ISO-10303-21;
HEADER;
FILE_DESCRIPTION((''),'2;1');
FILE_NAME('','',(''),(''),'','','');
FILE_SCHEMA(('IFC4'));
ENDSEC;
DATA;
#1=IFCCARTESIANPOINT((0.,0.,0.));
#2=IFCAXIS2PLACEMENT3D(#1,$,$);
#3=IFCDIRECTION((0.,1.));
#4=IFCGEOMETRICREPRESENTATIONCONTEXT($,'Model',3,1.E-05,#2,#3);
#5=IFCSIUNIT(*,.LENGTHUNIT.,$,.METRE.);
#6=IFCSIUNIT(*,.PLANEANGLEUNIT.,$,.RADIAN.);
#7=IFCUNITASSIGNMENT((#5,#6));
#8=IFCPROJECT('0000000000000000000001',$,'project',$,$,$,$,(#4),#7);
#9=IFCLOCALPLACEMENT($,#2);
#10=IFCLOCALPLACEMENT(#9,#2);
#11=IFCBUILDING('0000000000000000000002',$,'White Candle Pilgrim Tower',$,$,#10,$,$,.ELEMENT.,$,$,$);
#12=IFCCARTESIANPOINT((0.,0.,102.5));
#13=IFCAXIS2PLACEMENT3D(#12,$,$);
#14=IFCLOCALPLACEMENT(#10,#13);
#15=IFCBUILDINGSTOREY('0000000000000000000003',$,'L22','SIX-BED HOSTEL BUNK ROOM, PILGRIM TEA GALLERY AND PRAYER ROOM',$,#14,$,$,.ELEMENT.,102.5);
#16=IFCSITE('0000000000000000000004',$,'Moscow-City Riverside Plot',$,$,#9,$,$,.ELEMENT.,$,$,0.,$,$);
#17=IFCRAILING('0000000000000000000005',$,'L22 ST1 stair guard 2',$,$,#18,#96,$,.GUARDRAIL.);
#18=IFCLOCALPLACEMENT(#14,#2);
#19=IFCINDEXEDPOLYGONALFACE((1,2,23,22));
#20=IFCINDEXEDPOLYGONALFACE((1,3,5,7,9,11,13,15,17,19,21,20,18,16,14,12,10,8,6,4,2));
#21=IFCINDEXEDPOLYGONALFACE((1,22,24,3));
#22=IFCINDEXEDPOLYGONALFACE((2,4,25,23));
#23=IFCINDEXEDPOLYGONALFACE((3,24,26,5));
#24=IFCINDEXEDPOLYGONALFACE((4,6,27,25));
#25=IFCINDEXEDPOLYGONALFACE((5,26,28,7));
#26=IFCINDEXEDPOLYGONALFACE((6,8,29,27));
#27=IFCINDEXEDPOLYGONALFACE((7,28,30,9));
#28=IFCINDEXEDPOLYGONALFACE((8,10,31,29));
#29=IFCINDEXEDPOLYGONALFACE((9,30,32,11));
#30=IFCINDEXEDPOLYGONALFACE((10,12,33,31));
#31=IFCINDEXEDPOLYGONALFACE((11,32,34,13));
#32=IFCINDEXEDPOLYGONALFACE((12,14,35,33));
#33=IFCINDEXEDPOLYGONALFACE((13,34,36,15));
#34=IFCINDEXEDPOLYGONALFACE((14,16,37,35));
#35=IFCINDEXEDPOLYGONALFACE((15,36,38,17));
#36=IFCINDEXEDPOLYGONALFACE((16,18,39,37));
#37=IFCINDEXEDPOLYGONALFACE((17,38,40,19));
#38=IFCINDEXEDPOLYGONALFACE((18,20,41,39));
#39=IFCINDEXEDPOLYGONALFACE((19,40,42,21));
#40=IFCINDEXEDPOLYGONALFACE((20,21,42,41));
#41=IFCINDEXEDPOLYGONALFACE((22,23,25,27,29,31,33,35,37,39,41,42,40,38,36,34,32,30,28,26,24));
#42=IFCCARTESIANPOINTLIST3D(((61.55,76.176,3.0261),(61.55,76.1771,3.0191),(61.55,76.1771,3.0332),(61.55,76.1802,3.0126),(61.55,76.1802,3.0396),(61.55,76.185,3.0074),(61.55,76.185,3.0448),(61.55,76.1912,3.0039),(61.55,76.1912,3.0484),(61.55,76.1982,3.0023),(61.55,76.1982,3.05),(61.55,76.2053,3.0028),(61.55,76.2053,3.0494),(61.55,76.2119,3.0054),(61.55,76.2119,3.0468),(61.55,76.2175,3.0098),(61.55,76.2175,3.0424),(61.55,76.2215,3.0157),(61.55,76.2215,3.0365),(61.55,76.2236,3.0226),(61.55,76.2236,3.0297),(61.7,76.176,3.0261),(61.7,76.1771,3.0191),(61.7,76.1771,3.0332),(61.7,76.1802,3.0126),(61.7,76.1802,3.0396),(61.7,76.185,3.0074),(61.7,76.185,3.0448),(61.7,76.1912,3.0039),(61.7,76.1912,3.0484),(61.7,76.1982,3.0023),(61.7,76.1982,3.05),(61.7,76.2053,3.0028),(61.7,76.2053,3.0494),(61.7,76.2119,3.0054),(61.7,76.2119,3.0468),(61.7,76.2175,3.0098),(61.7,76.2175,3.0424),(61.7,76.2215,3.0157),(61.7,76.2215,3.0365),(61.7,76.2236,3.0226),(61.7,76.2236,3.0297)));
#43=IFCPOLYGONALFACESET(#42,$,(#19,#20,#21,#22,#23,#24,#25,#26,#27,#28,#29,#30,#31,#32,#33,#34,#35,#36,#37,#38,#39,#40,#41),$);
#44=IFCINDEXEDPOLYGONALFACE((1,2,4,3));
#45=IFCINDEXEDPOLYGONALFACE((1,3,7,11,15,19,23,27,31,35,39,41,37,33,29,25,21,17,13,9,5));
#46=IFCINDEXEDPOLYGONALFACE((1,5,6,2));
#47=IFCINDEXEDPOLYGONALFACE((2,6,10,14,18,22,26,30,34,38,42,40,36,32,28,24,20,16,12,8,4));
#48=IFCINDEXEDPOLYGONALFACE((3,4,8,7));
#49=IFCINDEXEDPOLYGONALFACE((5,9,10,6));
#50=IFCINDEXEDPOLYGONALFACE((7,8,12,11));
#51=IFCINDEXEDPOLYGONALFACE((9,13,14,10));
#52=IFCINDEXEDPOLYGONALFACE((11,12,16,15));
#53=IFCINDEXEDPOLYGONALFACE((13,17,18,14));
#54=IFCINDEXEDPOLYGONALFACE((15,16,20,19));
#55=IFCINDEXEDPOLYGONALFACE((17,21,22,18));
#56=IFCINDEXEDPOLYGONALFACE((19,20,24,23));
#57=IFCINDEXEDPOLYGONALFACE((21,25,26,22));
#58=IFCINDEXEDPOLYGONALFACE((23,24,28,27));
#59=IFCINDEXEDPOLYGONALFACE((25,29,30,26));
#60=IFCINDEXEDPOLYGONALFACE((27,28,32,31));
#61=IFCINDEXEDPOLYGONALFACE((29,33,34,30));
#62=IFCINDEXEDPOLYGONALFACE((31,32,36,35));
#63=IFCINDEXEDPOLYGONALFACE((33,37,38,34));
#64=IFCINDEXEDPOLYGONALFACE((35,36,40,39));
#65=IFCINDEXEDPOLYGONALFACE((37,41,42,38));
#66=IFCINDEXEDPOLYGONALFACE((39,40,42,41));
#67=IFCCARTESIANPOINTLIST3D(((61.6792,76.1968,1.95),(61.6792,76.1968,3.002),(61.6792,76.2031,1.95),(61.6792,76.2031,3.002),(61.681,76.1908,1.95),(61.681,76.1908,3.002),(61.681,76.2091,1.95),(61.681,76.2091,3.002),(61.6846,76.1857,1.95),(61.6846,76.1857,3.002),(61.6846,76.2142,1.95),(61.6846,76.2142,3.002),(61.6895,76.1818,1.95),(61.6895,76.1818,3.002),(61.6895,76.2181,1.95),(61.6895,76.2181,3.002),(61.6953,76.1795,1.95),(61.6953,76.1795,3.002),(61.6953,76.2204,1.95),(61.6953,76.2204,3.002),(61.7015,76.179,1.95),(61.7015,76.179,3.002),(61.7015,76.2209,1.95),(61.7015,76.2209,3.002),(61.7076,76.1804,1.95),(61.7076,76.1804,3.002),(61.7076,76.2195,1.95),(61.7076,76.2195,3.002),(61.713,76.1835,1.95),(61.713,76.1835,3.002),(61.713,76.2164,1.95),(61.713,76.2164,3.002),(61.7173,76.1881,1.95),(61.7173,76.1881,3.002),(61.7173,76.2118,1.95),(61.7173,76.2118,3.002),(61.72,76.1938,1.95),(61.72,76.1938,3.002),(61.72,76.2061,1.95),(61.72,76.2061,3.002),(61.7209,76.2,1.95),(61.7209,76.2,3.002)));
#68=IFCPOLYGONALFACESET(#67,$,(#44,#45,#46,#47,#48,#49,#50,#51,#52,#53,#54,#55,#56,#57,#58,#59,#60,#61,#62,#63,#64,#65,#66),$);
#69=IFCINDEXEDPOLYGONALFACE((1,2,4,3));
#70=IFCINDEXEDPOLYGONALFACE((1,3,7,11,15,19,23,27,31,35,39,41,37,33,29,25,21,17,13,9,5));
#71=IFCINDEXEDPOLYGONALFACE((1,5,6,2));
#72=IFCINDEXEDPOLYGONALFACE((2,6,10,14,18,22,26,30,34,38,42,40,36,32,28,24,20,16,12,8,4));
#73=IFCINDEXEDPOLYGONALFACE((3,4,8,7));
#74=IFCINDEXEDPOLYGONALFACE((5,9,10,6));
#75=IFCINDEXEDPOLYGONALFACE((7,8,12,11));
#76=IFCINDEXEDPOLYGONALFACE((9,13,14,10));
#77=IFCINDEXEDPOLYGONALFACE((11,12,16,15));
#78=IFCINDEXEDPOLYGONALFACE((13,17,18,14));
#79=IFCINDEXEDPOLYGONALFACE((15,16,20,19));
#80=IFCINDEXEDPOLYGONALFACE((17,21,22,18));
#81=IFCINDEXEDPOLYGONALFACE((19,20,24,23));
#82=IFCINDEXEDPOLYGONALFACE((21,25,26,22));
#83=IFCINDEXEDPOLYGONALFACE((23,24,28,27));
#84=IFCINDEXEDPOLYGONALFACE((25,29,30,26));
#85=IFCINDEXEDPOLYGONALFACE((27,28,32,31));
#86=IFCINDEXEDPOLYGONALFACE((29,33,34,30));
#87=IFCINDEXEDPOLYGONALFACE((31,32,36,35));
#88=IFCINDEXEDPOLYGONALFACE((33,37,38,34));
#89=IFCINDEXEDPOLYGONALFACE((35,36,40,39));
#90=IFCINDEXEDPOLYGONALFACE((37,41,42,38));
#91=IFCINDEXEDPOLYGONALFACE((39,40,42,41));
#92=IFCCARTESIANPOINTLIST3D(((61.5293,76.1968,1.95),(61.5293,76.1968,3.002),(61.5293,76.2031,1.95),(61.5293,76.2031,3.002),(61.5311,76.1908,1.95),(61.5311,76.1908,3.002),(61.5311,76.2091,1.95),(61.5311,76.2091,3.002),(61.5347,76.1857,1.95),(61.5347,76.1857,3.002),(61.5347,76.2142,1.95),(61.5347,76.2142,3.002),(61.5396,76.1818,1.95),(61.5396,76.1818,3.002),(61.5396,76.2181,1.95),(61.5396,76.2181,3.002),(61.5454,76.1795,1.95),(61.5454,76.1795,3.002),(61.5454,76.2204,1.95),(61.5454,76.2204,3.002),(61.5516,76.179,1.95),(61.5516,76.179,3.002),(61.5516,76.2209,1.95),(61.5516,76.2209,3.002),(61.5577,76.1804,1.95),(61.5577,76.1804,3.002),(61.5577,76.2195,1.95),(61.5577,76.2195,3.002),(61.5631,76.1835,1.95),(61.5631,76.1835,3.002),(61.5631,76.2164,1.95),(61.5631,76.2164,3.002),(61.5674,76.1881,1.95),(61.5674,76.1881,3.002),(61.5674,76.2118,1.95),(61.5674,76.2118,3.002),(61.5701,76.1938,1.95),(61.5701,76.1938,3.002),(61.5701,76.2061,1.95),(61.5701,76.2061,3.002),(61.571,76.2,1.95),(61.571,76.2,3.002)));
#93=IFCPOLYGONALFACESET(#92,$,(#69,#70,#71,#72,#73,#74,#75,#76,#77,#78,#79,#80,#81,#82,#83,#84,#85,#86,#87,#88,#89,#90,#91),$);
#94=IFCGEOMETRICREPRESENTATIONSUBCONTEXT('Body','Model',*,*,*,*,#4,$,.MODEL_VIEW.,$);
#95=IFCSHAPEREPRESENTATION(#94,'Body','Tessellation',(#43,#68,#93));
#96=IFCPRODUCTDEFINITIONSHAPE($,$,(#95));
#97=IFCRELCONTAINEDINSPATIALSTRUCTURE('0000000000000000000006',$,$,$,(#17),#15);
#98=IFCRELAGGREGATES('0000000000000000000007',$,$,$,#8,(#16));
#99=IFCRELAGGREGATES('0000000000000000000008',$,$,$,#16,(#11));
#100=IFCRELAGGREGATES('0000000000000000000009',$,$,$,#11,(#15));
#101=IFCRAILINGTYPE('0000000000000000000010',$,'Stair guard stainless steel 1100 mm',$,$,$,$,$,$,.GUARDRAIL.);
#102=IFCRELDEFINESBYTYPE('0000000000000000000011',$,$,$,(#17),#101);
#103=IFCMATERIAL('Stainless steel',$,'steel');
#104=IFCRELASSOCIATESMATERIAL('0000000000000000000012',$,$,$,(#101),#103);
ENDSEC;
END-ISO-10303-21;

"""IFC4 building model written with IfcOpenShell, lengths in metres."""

from ifc_helpers import new_model, si_unit, direction, frame, origin, origin_2d, place, context, subcontext, project, spatial, circle, extrude, material, type_object, element, save


model = new_model("IFC4")

# Units and contexts
model_context = context("Model", 3, precision=1e-05, world=origin(), true_north=direction((0.0, 1.0)))
body_context = subcontext(model_context, "Body", "Model", "MODEL_VIEW")
ifc_project = project(units=[si_unit("LENGTHUNIT", "METRE"), si_unit("PLANEANGLEUNIT", "RADIAN")], contexts=[model_context])

# Site, building, storey
site_placement = place(None, origin())
site = spatial("IfcSite", under=ifc_project, at=site_placement, Name="Moscow-City Riverside Plot", CompositionType="ELEMENT", RefElevation=0.0)
building_placement = place(site_placement, origin())
building = spatial("IfcBuilding", under=site, at=building_placement, Name="White Candle Pilgrim Tower", CompositionType="ELEMENT")
storey_placement = place(building_placement, frame((0.0, 0.0, 102.5)))
storey = spatial("IfcBuildingStorey", under=building, at=storey_placement, Name="L22", Description="SIX-BED HOSTEL BUNK ROOM, PILGRIM TEA GALLERY AND PRAYER ROOM", CompositionType="ELEMENT", Elevation=102.5)

# Shared definitions
ifc_material_1 = material(Name="Stainless steel", Category="steel")

# Railing
railing_type_1 = type_object("IfcRailingType", Name="Stair guard stainless steel 1100 mm", PredefinedType="GUARDRAIL", material=ifc_material_1)
railing_1_placement = place(storey_placement, frame((61.7, 76.2, 1.95)))
element("IfcRailing", 1, at=railing_1_placement, inside=storey, type_object=railing_type_1, Name="L22 ST1 stair guard 2", PredefinedType="GUARDRAIL", context=body_context, shape_type="SweptSolid", body=[
    extrude(circle(Radius=0.0239, at=origin_2d()), frame((0.0, 0.0, 1.0762), z_axis=(-1.0, 0.0, 0.0), x_axis=(0.0, -1.0, 0.0)), (0.0, 0.0, 1.0), 0.1499),
    extrude(circle(Radius=0.021, at=origin_2d()), origin(), (0.0, 0.0, 1.0), 1.052),
    extrude(circle(Radius=0.021, at=origin_2d()), frame((-0.1499, 0.0, 0.0)), (0.0, 0.0, 1.0), 1.052),
])

save(model, "model.ifc")
